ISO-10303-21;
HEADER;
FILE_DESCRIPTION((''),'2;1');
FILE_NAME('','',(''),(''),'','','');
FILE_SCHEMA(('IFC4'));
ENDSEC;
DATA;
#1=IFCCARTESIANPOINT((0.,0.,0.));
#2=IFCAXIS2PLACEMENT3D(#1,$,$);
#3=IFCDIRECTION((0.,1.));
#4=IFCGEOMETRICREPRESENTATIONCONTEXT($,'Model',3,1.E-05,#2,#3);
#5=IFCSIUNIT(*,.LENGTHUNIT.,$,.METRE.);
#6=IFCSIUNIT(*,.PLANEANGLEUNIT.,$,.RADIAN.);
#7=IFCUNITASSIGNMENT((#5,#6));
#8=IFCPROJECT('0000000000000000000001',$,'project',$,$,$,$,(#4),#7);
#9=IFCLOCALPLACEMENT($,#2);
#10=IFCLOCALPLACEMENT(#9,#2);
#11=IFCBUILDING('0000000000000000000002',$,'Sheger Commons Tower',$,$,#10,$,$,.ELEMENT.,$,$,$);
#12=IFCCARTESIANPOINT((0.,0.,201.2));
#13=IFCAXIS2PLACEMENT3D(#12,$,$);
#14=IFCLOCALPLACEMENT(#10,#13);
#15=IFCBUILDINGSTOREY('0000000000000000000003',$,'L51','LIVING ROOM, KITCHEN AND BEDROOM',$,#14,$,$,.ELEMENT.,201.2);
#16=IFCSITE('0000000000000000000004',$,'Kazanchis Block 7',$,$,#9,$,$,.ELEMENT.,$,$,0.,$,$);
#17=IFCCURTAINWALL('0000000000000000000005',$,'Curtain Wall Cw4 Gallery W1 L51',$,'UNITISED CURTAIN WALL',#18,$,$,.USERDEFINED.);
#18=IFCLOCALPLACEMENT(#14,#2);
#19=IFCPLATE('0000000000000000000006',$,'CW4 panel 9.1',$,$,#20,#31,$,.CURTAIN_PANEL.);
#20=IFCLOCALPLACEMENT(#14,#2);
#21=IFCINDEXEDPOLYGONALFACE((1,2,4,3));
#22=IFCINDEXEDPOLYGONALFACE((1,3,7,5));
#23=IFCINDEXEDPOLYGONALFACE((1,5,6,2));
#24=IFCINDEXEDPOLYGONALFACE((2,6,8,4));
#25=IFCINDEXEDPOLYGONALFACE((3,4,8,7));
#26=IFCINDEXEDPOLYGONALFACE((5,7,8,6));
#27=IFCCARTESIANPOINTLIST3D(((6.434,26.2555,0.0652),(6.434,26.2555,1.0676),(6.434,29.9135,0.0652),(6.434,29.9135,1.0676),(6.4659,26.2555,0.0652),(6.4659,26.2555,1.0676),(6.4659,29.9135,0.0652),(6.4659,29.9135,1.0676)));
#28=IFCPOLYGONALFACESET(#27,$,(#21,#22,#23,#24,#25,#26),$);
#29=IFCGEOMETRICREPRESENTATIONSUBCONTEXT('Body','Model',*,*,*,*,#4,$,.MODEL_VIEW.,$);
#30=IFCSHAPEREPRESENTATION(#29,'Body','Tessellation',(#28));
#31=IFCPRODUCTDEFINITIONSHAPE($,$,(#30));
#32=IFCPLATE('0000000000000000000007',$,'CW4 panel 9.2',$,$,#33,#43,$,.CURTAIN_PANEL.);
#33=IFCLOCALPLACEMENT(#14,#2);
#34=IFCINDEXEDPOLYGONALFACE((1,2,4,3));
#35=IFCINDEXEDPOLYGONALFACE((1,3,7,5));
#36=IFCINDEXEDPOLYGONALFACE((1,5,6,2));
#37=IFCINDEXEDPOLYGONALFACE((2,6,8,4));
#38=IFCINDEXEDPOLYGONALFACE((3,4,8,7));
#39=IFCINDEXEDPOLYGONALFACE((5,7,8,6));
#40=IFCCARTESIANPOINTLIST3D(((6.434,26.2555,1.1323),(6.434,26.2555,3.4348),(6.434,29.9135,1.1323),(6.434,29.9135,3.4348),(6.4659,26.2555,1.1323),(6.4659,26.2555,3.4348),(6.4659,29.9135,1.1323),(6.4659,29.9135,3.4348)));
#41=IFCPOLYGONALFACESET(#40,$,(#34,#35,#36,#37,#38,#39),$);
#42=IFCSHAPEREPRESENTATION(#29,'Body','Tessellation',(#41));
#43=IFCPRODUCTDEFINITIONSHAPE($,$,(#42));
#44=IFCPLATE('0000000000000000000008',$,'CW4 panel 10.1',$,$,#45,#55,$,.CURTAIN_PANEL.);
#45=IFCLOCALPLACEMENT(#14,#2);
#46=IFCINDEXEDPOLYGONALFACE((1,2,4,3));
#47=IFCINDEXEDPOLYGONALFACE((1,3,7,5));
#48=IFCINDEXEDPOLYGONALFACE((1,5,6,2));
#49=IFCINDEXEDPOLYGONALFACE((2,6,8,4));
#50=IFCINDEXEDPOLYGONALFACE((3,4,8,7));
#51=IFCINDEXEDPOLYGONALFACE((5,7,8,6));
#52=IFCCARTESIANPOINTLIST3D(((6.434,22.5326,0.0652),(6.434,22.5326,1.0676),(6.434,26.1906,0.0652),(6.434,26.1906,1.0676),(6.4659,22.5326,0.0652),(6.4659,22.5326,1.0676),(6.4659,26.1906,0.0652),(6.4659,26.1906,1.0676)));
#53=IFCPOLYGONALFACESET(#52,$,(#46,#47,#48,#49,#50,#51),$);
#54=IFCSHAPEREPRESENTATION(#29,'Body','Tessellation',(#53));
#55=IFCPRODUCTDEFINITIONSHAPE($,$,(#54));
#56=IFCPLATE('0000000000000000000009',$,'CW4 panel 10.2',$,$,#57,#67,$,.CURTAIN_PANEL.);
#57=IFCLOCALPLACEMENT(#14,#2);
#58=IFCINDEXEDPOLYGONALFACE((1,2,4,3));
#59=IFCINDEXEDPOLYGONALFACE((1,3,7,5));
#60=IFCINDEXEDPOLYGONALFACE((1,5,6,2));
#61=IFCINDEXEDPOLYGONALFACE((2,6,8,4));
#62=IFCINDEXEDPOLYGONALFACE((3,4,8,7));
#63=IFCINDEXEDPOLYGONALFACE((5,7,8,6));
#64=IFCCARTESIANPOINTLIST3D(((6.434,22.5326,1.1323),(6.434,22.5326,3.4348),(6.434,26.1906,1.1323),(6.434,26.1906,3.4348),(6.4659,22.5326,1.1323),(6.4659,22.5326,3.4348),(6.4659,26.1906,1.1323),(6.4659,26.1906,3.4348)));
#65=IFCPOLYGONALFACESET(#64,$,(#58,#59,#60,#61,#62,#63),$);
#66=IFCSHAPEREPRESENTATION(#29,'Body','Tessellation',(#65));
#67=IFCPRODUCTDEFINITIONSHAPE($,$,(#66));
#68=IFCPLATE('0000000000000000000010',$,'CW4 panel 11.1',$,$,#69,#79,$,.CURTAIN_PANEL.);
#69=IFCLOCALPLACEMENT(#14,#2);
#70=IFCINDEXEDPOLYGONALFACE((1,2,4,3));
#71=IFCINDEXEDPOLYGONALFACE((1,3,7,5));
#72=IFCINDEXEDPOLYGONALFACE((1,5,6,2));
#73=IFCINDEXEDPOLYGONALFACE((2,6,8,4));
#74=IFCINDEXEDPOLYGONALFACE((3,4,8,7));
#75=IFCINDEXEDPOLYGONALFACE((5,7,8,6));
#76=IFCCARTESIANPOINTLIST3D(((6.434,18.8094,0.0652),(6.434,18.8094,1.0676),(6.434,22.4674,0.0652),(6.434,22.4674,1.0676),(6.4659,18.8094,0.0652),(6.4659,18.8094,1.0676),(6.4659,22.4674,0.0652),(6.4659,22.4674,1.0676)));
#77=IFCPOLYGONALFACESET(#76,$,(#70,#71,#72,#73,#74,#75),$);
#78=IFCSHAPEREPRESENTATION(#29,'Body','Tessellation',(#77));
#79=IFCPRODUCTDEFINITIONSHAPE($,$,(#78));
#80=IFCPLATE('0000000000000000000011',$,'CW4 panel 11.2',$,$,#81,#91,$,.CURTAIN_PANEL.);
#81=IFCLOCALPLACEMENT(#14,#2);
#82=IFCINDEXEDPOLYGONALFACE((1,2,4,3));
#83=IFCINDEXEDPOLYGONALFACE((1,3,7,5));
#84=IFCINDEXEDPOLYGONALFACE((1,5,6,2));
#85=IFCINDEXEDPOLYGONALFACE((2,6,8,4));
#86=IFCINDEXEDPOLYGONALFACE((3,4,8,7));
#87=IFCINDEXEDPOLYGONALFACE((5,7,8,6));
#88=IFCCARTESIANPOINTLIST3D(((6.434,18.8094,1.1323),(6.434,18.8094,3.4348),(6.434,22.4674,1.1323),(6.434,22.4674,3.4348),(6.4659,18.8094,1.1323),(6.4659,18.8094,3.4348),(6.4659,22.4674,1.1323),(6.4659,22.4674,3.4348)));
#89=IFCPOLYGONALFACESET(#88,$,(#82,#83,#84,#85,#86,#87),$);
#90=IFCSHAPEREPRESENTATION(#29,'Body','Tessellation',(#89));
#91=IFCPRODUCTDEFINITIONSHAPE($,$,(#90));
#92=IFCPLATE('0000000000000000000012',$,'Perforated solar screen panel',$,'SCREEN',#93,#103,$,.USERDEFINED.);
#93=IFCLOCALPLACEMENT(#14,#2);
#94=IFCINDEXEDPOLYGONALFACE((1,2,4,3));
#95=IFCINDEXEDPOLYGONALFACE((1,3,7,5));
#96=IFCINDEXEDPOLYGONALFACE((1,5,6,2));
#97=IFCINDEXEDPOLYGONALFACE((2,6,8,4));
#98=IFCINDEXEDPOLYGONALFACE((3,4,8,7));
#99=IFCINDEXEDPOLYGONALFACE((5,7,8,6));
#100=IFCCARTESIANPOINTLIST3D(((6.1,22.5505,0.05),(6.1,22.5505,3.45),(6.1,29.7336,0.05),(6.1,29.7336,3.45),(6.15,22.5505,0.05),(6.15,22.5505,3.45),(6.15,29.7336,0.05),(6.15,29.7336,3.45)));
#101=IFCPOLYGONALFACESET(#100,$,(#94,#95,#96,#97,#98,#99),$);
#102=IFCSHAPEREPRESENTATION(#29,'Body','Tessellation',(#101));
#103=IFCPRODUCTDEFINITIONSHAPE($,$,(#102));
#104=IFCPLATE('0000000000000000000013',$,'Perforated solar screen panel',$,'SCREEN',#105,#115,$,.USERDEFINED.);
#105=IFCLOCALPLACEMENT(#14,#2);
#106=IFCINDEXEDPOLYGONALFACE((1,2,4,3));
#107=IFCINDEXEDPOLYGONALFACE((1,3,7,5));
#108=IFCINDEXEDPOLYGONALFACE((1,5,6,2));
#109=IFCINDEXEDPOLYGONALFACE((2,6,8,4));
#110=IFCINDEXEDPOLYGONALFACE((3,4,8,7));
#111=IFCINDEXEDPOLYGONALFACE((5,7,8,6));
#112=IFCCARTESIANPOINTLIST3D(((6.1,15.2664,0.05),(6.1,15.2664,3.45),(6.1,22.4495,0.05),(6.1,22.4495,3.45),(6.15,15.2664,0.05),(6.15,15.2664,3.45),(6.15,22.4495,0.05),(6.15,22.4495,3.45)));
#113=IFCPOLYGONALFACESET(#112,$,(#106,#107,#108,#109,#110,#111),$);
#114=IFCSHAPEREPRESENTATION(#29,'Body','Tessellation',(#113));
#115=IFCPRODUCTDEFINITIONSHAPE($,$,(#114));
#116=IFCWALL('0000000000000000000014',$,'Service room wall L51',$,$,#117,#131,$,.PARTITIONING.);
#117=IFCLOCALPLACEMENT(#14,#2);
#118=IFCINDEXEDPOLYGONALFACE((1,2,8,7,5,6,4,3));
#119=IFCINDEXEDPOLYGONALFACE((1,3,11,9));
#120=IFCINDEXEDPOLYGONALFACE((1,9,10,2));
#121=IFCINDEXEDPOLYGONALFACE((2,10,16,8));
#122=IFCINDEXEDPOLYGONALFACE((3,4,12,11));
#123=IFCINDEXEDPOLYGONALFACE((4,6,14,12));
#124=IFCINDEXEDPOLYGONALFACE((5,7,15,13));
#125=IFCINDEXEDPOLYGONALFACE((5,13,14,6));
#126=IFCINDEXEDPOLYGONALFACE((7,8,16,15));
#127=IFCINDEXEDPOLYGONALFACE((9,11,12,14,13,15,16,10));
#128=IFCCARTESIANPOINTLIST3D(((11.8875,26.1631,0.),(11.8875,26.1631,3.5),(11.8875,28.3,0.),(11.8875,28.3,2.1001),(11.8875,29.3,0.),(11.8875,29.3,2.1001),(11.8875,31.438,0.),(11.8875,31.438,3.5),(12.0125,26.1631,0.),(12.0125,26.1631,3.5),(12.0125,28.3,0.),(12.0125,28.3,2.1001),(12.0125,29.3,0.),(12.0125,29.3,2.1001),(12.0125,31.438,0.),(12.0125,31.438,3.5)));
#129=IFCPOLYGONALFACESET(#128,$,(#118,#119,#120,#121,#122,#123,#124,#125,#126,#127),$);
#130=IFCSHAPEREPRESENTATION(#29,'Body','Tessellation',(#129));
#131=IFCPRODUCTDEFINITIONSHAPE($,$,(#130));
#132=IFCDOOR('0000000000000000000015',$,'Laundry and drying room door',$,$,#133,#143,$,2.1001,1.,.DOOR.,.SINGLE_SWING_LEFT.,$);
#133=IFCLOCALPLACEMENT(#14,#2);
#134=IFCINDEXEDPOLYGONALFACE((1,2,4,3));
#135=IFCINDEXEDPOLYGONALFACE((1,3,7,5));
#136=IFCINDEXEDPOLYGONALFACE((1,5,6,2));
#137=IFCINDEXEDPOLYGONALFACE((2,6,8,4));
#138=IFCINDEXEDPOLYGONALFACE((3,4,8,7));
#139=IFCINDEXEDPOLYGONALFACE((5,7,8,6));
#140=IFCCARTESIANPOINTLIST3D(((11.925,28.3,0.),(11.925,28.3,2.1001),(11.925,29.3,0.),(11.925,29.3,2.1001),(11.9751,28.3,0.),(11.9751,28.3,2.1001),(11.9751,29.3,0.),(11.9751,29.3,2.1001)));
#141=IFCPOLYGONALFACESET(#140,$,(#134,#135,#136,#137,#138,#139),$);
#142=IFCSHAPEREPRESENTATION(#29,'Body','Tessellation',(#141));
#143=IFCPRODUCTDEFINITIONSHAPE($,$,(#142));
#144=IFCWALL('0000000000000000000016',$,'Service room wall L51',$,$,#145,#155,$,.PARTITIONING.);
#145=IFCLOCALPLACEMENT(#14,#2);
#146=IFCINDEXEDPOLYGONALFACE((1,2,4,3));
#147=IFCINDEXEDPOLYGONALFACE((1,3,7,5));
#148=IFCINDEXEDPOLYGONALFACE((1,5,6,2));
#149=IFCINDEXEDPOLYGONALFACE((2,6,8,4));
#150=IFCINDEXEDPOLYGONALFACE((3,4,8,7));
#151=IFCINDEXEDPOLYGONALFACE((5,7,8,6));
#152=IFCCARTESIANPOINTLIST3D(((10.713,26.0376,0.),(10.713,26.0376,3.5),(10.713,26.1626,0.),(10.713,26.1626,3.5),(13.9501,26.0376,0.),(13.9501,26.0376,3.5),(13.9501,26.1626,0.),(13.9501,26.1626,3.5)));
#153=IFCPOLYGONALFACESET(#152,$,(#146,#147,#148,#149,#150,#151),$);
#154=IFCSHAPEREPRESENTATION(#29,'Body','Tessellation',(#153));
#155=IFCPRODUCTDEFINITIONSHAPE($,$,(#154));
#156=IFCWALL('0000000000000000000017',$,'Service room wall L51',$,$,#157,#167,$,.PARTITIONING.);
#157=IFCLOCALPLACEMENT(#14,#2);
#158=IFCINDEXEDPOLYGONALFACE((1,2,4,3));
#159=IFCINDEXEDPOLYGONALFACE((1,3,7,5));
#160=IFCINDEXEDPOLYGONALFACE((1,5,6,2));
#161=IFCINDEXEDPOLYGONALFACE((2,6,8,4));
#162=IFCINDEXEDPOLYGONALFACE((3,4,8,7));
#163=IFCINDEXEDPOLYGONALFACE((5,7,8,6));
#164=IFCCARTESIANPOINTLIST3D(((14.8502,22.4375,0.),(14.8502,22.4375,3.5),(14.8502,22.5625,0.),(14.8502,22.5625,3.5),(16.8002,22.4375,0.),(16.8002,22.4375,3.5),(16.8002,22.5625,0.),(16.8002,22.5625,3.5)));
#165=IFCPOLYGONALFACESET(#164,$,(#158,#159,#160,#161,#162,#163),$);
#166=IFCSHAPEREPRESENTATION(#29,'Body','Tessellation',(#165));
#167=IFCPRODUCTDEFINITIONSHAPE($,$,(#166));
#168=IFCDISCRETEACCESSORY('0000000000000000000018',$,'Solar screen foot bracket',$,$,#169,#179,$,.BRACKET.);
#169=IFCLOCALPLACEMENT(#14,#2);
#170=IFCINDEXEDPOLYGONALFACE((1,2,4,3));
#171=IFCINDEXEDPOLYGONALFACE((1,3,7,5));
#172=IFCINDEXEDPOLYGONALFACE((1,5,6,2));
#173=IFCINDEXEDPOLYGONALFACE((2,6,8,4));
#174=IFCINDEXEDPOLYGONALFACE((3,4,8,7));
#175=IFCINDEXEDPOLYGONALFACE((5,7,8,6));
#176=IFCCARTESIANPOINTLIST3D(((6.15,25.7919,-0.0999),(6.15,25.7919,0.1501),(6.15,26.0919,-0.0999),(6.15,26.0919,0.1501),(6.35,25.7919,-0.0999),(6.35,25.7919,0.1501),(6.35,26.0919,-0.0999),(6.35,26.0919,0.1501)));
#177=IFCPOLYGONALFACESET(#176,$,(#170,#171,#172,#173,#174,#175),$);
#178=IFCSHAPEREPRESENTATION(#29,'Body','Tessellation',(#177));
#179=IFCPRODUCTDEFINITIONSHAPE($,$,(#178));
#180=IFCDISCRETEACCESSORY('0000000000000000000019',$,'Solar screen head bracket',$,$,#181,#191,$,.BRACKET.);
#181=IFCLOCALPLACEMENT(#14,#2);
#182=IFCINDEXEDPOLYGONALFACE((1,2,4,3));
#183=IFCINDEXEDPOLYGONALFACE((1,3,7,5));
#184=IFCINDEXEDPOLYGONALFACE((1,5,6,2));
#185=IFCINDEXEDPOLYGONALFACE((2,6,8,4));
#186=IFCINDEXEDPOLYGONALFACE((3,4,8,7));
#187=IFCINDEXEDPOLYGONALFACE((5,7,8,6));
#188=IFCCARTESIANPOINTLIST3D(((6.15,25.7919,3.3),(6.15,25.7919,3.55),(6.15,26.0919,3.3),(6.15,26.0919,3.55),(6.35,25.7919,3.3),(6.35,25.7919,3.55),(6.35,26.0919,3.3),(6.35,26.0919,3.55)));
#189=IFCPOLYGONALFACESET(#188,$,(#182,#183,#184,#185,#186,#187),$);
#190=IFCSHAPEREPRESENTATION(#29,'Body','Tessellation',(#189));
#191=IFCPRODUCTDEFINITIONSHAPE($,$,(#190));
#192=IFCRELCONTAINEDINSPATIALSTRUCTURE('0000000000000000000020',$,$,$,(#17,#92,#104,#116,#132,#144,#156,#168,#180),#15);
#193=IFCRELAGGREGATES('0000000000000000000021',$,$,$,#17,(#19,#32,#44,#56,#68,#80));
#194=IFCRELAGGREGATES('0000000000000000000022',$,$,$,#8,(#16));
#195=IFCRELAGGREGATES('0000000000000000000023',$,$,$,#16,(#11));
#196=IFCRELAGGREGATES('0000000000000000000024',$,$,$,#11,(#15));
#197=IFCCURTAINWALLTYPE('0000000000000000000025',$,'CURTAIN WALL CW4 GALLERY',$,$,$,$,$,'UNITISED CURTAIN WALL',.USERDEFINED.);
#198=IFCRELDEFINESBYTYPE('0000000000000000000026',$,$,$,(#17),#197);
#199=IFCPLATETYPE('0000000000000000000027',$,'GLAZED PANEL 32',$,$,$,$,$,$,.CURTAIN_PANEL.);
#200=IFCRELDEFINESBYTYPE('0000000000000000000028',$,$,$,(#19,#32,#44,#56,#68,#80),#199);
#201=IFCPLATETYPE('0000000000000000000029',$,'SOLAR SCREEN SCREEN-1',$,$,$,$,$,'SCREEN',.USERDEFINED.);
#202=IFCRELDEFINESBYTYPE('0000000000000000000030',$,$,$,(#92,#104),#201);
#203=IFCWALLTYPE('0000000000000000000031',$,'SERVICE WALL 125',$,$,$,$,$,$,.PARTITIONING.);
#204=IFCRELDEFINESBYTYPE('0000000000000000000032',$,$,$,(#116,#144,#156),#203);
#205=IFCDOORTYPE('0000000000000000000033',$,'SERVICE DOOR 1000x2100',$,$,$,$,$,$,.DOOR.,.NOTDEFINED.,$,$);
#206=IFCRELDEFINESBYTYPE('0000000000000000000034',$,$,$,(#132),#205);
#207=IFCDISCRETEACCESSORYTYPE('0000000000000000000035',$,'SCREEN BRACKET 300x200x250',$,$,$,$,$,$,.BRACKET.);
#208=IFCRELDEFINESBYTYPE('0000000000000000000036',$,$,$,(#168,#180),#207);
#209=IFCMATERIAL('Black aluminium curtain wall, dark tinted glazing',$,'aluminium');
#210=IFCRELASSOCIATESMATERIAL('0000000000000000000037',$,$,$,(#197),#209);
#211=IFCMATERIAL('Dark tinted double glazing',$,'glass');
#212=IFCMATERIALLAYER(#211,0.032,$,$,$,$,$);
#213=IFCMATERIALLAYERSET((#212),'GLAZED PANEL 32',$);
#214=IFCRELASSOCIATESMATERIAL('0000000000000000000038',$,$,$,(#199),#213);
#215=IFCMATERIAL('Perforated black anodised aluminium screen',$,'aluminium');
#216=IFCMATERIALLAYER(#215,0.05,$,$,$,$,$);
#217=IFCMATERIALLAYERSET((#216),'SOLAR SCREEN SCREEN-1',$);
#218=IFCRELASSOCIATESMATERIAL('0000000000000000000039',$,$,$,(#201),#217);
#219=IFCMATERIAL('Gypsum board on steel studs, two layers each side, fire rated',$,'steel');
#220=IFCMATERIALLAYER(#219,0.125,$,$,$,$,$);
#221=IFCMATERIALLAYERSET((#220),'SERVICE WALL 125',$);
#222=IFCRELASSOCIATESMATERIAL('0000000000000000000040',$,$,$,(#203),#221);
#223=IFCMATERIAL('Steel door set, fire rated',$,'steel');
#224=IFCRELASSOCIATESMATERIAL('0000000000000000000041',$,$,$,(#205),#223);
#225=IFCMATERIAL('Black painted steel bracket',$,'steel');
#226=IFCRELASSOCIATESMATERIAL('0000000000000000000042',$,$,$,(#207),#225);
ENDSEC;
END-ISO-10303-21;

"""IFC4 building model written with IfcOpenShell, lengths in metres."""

from ifc_helpers import new_model, si_unit, direction, frame, frame_2d, origin, origin_2d, place, context, subcontext, project, spatial, rectangle, extrude, material, layer, layer_set, type_object, element, fill, aggregate, save


model = new_model("IFC4")

# Units and contexts
model_context = context("Model", 3, precision=1e-05, world=origin(), true_north=direction((0.0, 1.0)))
body_context = subcontext(model_context, "Body", "Model", "MODEL_VIEW")
ifc_project = project(units=[si_unit("LENGTHUNIT", "METRE"), si_unit("PLANEANGLEUNIT", "RADIAN")], contexts=[model_context])

# Site, building, storey
site_placement = place(None, origin())
site = spatial("IfcSite", under=ifc_project, at=site_placement, Name="Kazanchis Block 7", CompositionType="ELEMENT", RefElevation=0.0)
building_placement = place(site_placement, origin())
building = spatial("IfcBuilding", under=site, at=building_placement, Name="Sheger Commons Tower", CompositionType="ELEMENT")
storey_placement = place(building_placement, frame((0.0, 0.0, 201.2)))
storey = spatial("IfcBuildingStorey", under=building, at=storey_placement, Name="L51", Description="LIVING ROOM, KITCHEN AND BEDROOM", CompositionType="ELEMENT", Elevation=201.2)

# Curtain wall
ifc_material_1 = material(Name="Black aluminium curtain wall, dark tinted glazing", Category="aluminium")
curtain_wall_type = type_object("IfcCurtainWallType", Name="CURTAIN WALL CW4 GALLERY", ElementType="UNITISED CURTAIN WALL", PredefinedType="USERDEFINED", material=ifc_material_1)
curtain_wall_placement = place(storey_placement, origin())
curtain_wall = element("IfcCurtainWall", 1, at=curtain_wall_placement, inside=storey, type_object=curtain_wall_type, Name="Curtain Wall Cw4 Gallery W1 L51", ObjectType="UNITISED CURTAIN WALL", PredefinedType="USERDEFINED")

# Plates
ifc_material_2 = material(Name="Dark tinted double glazing", Category="glass")
ifc_layer_1 = layer(ifc_material_2, 0.032)
ifc_layer_set_1 = layer_set([ifc_layer_1], Name="GLAZED PANEL 32")
plate_type_1 = type_object("IfcPlateType", Name="GLAZED PANEL 32", PredefinedType="CURTAIN_PANEL", material=ifc_layer_set_1)
plate_1_placement = place(storey_placement, frame((6.45, 28.0845, 0.0652), z_axis=(0.0, 0.0, 1.0), x_axis=(0.0, -1.0, 0.0)))
plate_1 = element("IfcPlate", 2, at=plate_1_placement, type_object=plate_type_1, Name="CW4 panel 9.1", PredefinedType="CURTAIN_PANEL", context=body_context, shape_type="SweptSolid", body=[
    extrude(rectangle(XDim=3.658, YDim=0.032, at=origin_2d()), origin(), (0.0, 0.0, 1.0), 1.0024),
])
plate_2_placement = place(storey_placement, frame((6.45, 28.0845, 1.1323), z_axis=(0.0, 0.0, 1.0), x_axis=(0.0, -1.0, 0.0)))
plate_2 = element("IfcPlate", 3, at=plate_2_placement, type_object=plate_type_1, Name="CW4 panel 9.2", PredefinedType="CURTAIN_PANEL", context=body_context, shape_type="SweptSolid", body=[
    extrude(rectangle(XDim=3.658, YDim=0.032, at=origin_2d()), origin(), (0.0, 0.0, 1.0), 2.3025),
])
plate_3_placement = place(storey_placement, frame((6.45, 24.3616, 0.0652), z_axis=(0.0, 0.0, 1.0), x_axis=(0.0, -1.0, 0.0)))
plate_3 = element("IfcPlate", 4, at=plate_3_placement, type_object=plate_type_1, Name="CW4 panel 10.1", PredefinedType="CURTAIN_PANEL", context=body_context, shape_type="SweptSolid", body=[
    extrude(rectangle(XDim=3.658, YDim=0.032, at=origin_2d()), origin(), (0.0, 0.0, 1.0), 1.0024),
])
plate_4_placement = place(storey_placement, frame((6.45, 24.3616, 1.1323), z_axis=(0.0, 0.0, 1.0), x_axis=(0.0, -1.0, 0.0)))
plate_4 = element("IfcPlate", 5, at=plate_4_placement, type_object=plate_type_1, Name="CW4 panel 10.2", PredefinedType="CURTAIN_PANEL", context=body_context, shape_type="SweptSolid", body=[
    extrude(rectangle(XDim=3.658, YDim=0.032, at=origin_2d()), origin(), (0.0, 0.0, 1.0), 2.3025),
])
plate_5_placement = place(storey_placement, frame((6.45, 20.6384, 0.0652), z_axis=(0.0, 0.0, 1.0), x_axis=(0.0, -1.0, 0.0)))
plate_5 = element("IfcPlate", 6, at=plate_5_placement, type_object=plate_type_1, Name="CW4 panel 11.1", PredefinedType="CURTAIN_PANEL", context=body_context, shape_type="SweptSolid", body=[
    extrude(rectangle(XDim=3.658, YDim=0.032, at=origin_2d()), origin(), (0.0, 0.0, 1.0), 1.0024),
])
plate_6_placement = place(storey_placement, frame((6.45, 20.6384, 1.1323), z_axis=(0.0, 0.0, 1.0), x_axis=(0.0, -1.0, 0.0)))
plate_6 = element("IfcPlate", 7, at=plate_6_placement, type_object=plate_type_1, Name="CW4 panel 11.2", PredefinedType="CURTAIN_PANEL", context=body_context, shape_type="SweptSolid", body=[
    extrude(rectangle(XDim=3.658, YDim=0.032, at=origin_2d()), origin(), (0.0, 0.0, 1.0), 2.3025),
])
aggregate(curtain_wall, [plate_1, plate_2, plate_3, plate_4, plate_5, plate_6])

# Plates
ifc_material_3 = material(Name="Perforated black anodised aluminium screen", Category="aluminium")
ifc_layer_2 = layer(ifc_material_3, 0.05)
ifc_layer_set_2 = layer_set([ifc_layer_2], Name="SOLAR SCREEN SCREEN-1")
plate_type_2 = type_object("IfcPlateType", Name="SOLAR SCREEN SCREEN-1", ElementType="SCREEN", PredefinedType="USERDEFINED", material=ifc_layer_set_2)
for number, where, z_axis, x_axis, name in (
    (8, (6.125, 26.1421, 0.05), (0.0, 0.0, 1.0), (0.0, -1.0, 0.0), "Perforated solar screen panel"),
    (9, (6.125, 18.8579, 0.05), (0.0, 0.0, 1.0), (0.0, -1.0, 0.0), "Perforated solar screen panel"),
):
    element("IfcPlate", number, at=place(storey_placement, frame(where, z_axis=z_axis, x_axis=x_axis)), inside=storey, type_object=plate_type_2, Name=name, ObjectType="SCREEN", PredefinedType="USERDEFINED", context=body_context, shape_type="SweptSolid", body=[
        extrude(rectangle(XDim=7.1831, YDim=0.05, at=origin_2d()), origin(), (0.0, 0.0, 1.0), 3.3999),
    ])

# Wall, opening, door
ifc_material_4 = material(Name="Gypsum board on steel studs, two layers each side, fire rated", Category="steel")
ifc_layer_3 = layer(ifc_material_4, 0.125)
ifc_layer_set_3 = layer_set([ifc_layer_3], Name="SERVICE WALL 125")
wall_type = type_object("IfcWallType", Name="SERVICE WALL 125", PredefinedType="PARTITIONING", material=ifc_layer_set_3)
wall_1_placement = place(storey_placement, frame((11.95, 26.1631, 0.0), z_axis=(0.0, 0.0, 1.0), x_axis=(0.0, 1.0, 0.0)))
wall_1 = element("IfcWall", 10, at=wall_1_placement, inside=storey, type_object=wall_type, Name="Service room wall L51", PredefinedType="PARTITIONING", context=body_context, shape_type="SweptSolid", body=[
    extrude(rectangle(XDim=5.2749, YDim=0.125, at=frame_2d((2.6375, 0.0))), origin(), (0.0, 0.0, 1.0), 3.5),
])
opening_placement = place(wall_1_placement, frame((2.137, 0.0, 0.0)))
opening = element("IfcOpeningElement", 11, at=opening_placement, cuts=wall_1, PredefinedType="OPENING", context=body_context, shape_type="SweptSolid", body=[
    extrude(rectangle(XDim=1.0, YDim=2.1001, at=frame_2d((0.5, 1.05))), frame((0.0, 0.0725, 0.0), z_axis=(0.0, -1.0, 0.0), x_axis=(1.0, 0.0, 0.0)), (0.0, 0.0, 1.0), 0.145),
])
ifc_material_5 = material(Name="Steel door set, fire rated", Category="steel")
door_type = type_object("IfcDoorType", Name="SERVICE DOOR 1000x2100", OperationType="NOTDEFINED", PredefinedType="DOOR", material=ifc_material_5)
door_placement = place(opening_placement, origin())
door = element("IfcDoor", 12, at=door_placement, inside=storey, type_object=door_type, Name="Laundry and drying room door", OperationType="SINGLE_SWING_LEFT", OverallHeight=2.1001, OverallWidth=1.0, PredefinedType="DOOR", context=body_context, shape_type="SweptSolid", body=[
    extrude(rectangle(XDim=1.0, YDim=2.1001, at=frame_2d((0.5, 1.05))), frame((0.0, 0.0249, 0.0), z_axis=(0.0, -1.0, 0.0), x_axis=(1.0, 0.0, 0.0)), (0.0, 0.0, 1.0), 0.05),
])
fill(opening, door)

# Walls
wall_2_placement = place(storey_placement, frame((10.7129, 26.1001, 0.0), z_axis=(0.0, 0.0, 1.0), x_axis=(1.0, 0.0, 0.0)))
element("IfcWall", 13, at=wall_2_placement, inside=storey, type_object=wall_type, Name="Service room wall L51", PredefinedType="PARTITIONING", context=body_context, shape_type="SweptSolid", body=[
    extrude(rectangle(XDim=3.2371, YDim=0.125, at=frame_2d((1.6187, 0.0))), origin(), (0.0, 0.0, 1.0), 3.5),
])
wall_3_placement = place(storey_placement, frame((14.8501, 22.5, 0.0), z_axis=(0.0, 0.0, 1.0), x_axis=(1.0, 0.0, 0.0)))
element("IfcWall", 14, at=wall_3_placement, inside=storey, type_object=wall_type, Name="Service room wall L51", PredefinedType="PARTITIONING", context=body_context, shape_type="SweptSolid", body=[
    extrude(rectangle(XDim=1.95, YDim=0.125, at=frame_2d((0.9751, 0.0))), origin(), (0.0, 0.0, 1.0), 3.5),
])

# Discrete accessories
ifc_material_6 = material(Name="Black painted steel bracket", Category="steel")
discrete_accessory_type = type_object("IfcDiscreteAccessoryType", Name="SCREEN BRACKET 300x200x250", PredefinedType="BRACKET", material=ifc_material_6)
for number, where, z_axis, x_axis, name in (
    (15, (6.25, 25.9419, -0.0999), (0.0, 0.0, 1.0), (0.0, -1.0, 0.0), "Solar screen foot bracket"),
    (16, (6.25, 25.9419, 3.3), (0.0, 0.0, 1.0), (0.0, -1.0, 0.0), "Solar screen head bracket"),
):
    element("IfcDiscreteAccessory", number, at=place(storey_placement, frame(where, z_axis=z_axis, x_axis=x_axis)), inside=storey, type_object=discrete_accessory_type, Name=name, PredefinedType="BRACKET", context=body_context, shape_type="SweptSolid", body=[
        extrude(rectangle(XDim=0.3, YDim=0.2, at=origin_2d()), origin(), (0.0, 0.0, 1.0), 0.25),
    ])

save(model, "model.ifc")
